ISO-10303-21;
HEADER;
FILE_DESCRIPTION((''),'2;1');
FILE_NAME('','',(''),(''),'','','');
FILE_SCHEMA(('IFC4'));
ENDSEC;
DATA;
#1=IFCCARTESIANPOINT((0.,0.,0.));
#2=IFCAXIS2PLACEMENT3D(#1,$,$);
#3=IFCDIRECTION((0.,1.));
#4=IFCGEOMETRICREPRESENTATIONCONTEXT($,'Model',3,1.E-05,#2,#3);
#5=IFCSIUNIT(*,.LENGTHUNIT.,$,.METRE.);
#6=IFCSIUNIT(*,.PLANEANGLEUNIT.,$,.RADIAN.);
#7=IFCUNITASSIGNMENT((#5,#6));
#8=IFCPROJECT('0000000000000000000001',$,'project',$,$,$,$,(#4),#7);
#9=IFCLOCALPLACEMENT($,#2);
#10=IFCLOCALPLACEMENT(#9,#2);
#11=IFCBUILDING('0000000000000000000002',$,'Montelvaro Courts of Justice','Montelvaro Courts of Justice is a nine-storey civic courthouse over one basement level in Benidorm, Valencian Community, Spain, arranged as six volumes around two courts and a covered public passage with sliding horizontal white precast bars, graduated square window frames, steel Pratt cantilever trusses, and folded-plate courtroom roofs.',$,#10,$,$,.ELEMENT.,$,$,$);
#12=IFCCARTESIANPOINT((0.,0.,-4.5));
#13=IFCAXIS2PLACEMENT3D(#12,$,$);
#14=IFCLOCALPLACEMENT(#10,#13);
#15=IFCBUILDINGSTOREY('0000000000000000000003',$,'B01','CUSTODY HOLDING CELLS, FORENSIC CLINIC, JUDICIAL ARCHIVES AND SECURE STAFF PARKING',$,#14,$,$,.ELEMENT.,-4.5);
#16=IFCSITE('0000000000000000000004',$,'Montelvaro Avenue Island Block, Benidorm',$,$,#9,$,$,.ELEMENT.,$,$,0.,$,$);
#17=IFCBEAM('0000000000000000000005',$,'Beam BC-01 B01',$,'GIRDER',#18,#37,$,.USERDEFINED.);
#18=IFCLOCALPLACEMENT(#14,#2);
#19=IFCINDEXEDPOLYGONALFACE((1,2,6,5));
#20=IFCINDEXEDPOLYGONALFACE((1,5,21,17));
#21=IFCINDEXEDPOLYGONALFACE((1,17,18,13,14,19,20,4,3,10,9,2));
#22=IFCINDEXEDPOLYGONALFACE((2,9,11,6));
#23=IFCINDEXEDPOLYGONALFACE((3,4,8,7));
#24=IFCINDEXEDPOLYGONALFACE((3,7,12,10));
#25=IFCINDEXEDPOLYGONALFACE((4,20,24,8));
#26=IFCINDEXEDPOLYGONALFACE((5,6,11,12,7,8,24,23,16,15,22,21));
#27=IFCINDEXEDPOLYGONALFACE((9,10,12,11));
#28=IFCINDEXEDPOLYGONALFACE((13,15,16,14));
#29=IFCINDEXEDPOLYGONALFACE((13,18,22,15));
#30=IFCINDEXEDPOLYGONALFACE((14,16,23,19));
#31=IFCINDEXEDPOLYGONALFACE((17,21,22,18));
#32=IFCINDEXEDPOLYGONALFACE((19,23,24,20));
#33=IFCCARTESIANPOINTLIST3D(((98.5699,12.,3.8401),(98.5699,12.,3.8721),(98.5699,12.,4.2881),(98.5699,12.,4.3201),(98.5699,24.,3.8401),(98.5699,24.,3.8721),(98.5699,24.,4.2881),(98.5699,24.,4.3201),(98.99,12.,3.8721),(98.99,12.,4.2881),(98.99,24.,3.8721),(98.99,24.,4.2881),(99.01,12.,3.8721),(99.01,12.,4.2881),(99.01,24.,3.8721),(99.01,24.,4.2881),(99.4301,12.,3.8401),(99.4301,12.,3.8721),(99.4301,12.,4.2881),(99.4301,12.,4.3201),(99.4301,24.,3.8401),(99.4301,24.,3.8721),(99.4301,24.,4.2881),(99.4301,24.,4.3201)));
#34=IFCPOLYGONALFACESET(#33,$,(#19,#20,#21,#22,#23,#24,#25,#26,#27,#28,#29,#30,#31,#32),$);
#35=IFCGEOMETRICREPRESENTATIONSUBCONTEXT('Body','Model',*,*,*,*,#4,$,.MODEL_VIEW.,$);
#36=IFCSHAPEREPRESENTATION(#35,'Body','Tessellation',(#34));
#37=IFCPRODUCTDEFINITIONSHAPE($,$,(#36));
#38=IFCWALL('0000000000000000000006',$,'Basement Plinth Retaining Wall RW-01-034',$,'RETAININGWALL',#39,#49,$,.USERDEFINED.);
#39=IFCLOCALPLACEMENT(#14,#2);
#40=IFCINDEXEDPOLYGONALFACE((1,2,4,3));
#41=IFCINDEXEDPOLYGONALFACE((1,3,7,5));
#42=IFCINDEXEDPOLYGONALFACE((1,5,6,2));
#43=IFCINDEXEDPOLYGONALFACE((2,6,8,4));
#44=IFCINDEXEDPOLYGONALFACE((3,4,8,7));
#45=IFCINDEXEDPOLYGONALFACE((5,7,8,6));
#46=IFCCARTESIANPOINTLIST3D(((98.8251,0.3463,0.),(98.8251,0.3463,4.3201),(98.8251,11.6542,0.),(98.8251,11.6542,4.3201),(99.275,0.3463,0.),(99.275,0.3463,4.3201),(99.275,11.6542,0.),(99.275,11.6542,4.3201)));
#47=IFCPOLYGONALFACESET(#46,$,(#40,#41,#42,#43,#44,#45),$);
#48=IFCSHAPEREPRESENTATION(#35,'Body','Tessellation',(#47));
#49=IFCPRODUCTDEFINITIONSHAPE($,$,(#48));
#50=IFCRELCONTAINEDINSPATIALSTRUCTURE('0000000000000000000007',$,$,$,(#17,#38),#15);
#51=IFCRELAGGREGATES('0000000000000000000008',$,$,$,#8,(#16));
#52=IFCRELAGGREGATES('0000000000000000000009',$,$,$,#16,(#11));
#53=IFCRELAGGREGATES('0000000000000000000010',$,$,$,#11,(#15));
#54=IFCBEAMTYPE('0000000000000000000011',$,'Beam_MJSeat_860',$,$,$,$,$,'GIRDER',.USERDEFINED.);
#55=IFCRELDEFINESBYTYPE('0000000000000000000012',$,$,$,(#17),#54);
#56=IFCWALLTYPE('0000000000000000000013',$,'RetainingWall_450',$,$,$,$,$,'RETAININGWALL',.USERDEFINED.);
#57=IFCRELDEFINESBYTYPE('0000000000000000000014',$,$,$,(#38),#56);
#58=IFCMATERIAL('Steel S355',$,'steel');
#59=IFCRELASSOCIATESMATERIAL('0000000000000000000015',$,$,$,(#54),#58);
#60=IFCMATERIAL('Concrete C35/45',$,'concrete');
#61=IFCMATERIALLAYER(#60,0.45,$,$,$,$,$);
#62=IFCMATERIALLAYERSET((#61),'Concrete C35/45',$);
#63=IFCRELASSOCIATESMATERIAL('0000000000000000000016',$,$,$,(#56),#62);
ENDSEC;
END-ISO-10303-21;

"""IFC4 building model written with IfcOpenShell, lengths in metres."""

from ifc_helpers import new_model, si_unit, direction, frame, frame_2d, origin, origin_2d, place, context, subcontext, project, spatial, rectangle, i_section, extrude, material, layer, layer_set, material_profile, profile_set, type_object, element, save


model = new_model("IFC4")

# Units and contexts
model_context = context("Model", 3, precision=1e-05, world=origin(), true_north=direction((0.0, 1.0)))
body_context = subcontext(model_context, "Body", "Model", "MODEL_VIEW")
ifc_project = project(units=[si_unit("LENGTHUNIT", "METRE"), si_unit("PLANEANGLEUNIT", "RADIAN")], contexts=[model_context])

# Site, building, storey
site_placement = place(None, origin())
site = spatial("IfcSite", under=ifc_project, at=site_placement, Name="Montelvaro Avenue Island Block, Benidorm", CompositionType="ELEMENT", RefElevation=0.0)
building_placement = place(site_placement, origin())
building = spatial("IfcBuilding", under=site, at=building_placement, Name="Montelvaro Courts of Justice", Description="Montelvaro Courts of Justice is a nine-storey civic courthouse over one basement level in Benidorm, Valencian Community, Spain, arranged as six volumes around two courts and a covered public passage with sliding horizontal white precast bars, graduated square window frames, steel Pratt cantilever trusses, and folded-plate courtroom roofs.", CompositionType="ELEMENT")
storey_placement = place(building_placement, frame((0.0, 0.0, -4.5)))
storey = spatial("IfcBuildingStorey", under=building, at=storey_placement, Name="B01", Description="CUSTODY HOLDING CELLS, FORENSIC CLINIC, JUDICIAL ARCHIVES AND SECURE STAFF PARKING", CompositionType="ELEMENT", Elevation=-4.5)

# Shared definitions
ifc_material_1 = material(Name="Concrete C35/45", Category="concrete")

# Beam
ifc_material_2 = material(Name="Steel S355", Category="steel")
ifc_material_profile_1 = material_profile(ifc_material_2, i_section(OverallWidth=0.8601, OverallDepth=0.48, WebThickness=0.02, FlangeThickness=0.032, at=origin_2d()), Name="HL 480x860")
ifc_profile_set_1 = profile_set([ifc_material_profile_1], Name="Steel S355")
beam_type_1 = type_object("IfcBeamType", Name="Beam_MJSeat_860", ElementType="GIRDER", PredefinedType="USERDEFINED", material=ifc_profile_set_1)
beam_1_placement = place(storey_placement, frame((99.0, 12.0, 4.0801), z_axis=(0.0, 1.0, 0.0), x_axis=(-1.0, 0.0, 0.0)))
element("IfcBeam", 1, at=beam_1_placement, inside=storey, type_object=beam_type_1, Name="Beam BC-01 B01", ObjectType="GIRDER", PredefinedType="USERDEFINED", context=body_context, shape_type="SweptSolid", body=[
    extrude(i_section(OverallWidth=0.8601, OverallDepth=0.48, WebThickness=0.02, FlangeThickness=0.032, at=origin_2d()), origin(), (0.0, 0.0, 1.0), 12.0),
])

# Wall
ifc_layer = layer(ifc_material_1, 0.45)
ifc_layer_set = layer_set([ifc_layer], Name="Concrete C35/45")
wall_type = type_object("IfcWallType", Name="RetainingWall_450", ElementType="RETAININGWALL", PredefinedType="USERDEFINED", material=ifc_layer_set)
wall_placement = place(storey_placement, frame((99.05, 11.6541, 0.0), z_axis=(0.0, 0.0, 1.0), x_axis=(0.0, -1.0, 0.0)))
element("IfcWall", 2, at=wall_placement, inside=storey, type_object=wall_type, Name="Basement Plinth Retaining Wall RW-01-034", ObjectType="RETAININGWALL", PredefinedType="USERDEFINED", context=body_context, shape_type="SweptSolid", body=[
    extrude(rectangle(XDim=11.3079, YDim=0.45, at=frame_2d((5.6538, 0.0))), origin(), (0.0, 0.0, 1.0), 4.3201),
])

save(model, "model.ifc")
